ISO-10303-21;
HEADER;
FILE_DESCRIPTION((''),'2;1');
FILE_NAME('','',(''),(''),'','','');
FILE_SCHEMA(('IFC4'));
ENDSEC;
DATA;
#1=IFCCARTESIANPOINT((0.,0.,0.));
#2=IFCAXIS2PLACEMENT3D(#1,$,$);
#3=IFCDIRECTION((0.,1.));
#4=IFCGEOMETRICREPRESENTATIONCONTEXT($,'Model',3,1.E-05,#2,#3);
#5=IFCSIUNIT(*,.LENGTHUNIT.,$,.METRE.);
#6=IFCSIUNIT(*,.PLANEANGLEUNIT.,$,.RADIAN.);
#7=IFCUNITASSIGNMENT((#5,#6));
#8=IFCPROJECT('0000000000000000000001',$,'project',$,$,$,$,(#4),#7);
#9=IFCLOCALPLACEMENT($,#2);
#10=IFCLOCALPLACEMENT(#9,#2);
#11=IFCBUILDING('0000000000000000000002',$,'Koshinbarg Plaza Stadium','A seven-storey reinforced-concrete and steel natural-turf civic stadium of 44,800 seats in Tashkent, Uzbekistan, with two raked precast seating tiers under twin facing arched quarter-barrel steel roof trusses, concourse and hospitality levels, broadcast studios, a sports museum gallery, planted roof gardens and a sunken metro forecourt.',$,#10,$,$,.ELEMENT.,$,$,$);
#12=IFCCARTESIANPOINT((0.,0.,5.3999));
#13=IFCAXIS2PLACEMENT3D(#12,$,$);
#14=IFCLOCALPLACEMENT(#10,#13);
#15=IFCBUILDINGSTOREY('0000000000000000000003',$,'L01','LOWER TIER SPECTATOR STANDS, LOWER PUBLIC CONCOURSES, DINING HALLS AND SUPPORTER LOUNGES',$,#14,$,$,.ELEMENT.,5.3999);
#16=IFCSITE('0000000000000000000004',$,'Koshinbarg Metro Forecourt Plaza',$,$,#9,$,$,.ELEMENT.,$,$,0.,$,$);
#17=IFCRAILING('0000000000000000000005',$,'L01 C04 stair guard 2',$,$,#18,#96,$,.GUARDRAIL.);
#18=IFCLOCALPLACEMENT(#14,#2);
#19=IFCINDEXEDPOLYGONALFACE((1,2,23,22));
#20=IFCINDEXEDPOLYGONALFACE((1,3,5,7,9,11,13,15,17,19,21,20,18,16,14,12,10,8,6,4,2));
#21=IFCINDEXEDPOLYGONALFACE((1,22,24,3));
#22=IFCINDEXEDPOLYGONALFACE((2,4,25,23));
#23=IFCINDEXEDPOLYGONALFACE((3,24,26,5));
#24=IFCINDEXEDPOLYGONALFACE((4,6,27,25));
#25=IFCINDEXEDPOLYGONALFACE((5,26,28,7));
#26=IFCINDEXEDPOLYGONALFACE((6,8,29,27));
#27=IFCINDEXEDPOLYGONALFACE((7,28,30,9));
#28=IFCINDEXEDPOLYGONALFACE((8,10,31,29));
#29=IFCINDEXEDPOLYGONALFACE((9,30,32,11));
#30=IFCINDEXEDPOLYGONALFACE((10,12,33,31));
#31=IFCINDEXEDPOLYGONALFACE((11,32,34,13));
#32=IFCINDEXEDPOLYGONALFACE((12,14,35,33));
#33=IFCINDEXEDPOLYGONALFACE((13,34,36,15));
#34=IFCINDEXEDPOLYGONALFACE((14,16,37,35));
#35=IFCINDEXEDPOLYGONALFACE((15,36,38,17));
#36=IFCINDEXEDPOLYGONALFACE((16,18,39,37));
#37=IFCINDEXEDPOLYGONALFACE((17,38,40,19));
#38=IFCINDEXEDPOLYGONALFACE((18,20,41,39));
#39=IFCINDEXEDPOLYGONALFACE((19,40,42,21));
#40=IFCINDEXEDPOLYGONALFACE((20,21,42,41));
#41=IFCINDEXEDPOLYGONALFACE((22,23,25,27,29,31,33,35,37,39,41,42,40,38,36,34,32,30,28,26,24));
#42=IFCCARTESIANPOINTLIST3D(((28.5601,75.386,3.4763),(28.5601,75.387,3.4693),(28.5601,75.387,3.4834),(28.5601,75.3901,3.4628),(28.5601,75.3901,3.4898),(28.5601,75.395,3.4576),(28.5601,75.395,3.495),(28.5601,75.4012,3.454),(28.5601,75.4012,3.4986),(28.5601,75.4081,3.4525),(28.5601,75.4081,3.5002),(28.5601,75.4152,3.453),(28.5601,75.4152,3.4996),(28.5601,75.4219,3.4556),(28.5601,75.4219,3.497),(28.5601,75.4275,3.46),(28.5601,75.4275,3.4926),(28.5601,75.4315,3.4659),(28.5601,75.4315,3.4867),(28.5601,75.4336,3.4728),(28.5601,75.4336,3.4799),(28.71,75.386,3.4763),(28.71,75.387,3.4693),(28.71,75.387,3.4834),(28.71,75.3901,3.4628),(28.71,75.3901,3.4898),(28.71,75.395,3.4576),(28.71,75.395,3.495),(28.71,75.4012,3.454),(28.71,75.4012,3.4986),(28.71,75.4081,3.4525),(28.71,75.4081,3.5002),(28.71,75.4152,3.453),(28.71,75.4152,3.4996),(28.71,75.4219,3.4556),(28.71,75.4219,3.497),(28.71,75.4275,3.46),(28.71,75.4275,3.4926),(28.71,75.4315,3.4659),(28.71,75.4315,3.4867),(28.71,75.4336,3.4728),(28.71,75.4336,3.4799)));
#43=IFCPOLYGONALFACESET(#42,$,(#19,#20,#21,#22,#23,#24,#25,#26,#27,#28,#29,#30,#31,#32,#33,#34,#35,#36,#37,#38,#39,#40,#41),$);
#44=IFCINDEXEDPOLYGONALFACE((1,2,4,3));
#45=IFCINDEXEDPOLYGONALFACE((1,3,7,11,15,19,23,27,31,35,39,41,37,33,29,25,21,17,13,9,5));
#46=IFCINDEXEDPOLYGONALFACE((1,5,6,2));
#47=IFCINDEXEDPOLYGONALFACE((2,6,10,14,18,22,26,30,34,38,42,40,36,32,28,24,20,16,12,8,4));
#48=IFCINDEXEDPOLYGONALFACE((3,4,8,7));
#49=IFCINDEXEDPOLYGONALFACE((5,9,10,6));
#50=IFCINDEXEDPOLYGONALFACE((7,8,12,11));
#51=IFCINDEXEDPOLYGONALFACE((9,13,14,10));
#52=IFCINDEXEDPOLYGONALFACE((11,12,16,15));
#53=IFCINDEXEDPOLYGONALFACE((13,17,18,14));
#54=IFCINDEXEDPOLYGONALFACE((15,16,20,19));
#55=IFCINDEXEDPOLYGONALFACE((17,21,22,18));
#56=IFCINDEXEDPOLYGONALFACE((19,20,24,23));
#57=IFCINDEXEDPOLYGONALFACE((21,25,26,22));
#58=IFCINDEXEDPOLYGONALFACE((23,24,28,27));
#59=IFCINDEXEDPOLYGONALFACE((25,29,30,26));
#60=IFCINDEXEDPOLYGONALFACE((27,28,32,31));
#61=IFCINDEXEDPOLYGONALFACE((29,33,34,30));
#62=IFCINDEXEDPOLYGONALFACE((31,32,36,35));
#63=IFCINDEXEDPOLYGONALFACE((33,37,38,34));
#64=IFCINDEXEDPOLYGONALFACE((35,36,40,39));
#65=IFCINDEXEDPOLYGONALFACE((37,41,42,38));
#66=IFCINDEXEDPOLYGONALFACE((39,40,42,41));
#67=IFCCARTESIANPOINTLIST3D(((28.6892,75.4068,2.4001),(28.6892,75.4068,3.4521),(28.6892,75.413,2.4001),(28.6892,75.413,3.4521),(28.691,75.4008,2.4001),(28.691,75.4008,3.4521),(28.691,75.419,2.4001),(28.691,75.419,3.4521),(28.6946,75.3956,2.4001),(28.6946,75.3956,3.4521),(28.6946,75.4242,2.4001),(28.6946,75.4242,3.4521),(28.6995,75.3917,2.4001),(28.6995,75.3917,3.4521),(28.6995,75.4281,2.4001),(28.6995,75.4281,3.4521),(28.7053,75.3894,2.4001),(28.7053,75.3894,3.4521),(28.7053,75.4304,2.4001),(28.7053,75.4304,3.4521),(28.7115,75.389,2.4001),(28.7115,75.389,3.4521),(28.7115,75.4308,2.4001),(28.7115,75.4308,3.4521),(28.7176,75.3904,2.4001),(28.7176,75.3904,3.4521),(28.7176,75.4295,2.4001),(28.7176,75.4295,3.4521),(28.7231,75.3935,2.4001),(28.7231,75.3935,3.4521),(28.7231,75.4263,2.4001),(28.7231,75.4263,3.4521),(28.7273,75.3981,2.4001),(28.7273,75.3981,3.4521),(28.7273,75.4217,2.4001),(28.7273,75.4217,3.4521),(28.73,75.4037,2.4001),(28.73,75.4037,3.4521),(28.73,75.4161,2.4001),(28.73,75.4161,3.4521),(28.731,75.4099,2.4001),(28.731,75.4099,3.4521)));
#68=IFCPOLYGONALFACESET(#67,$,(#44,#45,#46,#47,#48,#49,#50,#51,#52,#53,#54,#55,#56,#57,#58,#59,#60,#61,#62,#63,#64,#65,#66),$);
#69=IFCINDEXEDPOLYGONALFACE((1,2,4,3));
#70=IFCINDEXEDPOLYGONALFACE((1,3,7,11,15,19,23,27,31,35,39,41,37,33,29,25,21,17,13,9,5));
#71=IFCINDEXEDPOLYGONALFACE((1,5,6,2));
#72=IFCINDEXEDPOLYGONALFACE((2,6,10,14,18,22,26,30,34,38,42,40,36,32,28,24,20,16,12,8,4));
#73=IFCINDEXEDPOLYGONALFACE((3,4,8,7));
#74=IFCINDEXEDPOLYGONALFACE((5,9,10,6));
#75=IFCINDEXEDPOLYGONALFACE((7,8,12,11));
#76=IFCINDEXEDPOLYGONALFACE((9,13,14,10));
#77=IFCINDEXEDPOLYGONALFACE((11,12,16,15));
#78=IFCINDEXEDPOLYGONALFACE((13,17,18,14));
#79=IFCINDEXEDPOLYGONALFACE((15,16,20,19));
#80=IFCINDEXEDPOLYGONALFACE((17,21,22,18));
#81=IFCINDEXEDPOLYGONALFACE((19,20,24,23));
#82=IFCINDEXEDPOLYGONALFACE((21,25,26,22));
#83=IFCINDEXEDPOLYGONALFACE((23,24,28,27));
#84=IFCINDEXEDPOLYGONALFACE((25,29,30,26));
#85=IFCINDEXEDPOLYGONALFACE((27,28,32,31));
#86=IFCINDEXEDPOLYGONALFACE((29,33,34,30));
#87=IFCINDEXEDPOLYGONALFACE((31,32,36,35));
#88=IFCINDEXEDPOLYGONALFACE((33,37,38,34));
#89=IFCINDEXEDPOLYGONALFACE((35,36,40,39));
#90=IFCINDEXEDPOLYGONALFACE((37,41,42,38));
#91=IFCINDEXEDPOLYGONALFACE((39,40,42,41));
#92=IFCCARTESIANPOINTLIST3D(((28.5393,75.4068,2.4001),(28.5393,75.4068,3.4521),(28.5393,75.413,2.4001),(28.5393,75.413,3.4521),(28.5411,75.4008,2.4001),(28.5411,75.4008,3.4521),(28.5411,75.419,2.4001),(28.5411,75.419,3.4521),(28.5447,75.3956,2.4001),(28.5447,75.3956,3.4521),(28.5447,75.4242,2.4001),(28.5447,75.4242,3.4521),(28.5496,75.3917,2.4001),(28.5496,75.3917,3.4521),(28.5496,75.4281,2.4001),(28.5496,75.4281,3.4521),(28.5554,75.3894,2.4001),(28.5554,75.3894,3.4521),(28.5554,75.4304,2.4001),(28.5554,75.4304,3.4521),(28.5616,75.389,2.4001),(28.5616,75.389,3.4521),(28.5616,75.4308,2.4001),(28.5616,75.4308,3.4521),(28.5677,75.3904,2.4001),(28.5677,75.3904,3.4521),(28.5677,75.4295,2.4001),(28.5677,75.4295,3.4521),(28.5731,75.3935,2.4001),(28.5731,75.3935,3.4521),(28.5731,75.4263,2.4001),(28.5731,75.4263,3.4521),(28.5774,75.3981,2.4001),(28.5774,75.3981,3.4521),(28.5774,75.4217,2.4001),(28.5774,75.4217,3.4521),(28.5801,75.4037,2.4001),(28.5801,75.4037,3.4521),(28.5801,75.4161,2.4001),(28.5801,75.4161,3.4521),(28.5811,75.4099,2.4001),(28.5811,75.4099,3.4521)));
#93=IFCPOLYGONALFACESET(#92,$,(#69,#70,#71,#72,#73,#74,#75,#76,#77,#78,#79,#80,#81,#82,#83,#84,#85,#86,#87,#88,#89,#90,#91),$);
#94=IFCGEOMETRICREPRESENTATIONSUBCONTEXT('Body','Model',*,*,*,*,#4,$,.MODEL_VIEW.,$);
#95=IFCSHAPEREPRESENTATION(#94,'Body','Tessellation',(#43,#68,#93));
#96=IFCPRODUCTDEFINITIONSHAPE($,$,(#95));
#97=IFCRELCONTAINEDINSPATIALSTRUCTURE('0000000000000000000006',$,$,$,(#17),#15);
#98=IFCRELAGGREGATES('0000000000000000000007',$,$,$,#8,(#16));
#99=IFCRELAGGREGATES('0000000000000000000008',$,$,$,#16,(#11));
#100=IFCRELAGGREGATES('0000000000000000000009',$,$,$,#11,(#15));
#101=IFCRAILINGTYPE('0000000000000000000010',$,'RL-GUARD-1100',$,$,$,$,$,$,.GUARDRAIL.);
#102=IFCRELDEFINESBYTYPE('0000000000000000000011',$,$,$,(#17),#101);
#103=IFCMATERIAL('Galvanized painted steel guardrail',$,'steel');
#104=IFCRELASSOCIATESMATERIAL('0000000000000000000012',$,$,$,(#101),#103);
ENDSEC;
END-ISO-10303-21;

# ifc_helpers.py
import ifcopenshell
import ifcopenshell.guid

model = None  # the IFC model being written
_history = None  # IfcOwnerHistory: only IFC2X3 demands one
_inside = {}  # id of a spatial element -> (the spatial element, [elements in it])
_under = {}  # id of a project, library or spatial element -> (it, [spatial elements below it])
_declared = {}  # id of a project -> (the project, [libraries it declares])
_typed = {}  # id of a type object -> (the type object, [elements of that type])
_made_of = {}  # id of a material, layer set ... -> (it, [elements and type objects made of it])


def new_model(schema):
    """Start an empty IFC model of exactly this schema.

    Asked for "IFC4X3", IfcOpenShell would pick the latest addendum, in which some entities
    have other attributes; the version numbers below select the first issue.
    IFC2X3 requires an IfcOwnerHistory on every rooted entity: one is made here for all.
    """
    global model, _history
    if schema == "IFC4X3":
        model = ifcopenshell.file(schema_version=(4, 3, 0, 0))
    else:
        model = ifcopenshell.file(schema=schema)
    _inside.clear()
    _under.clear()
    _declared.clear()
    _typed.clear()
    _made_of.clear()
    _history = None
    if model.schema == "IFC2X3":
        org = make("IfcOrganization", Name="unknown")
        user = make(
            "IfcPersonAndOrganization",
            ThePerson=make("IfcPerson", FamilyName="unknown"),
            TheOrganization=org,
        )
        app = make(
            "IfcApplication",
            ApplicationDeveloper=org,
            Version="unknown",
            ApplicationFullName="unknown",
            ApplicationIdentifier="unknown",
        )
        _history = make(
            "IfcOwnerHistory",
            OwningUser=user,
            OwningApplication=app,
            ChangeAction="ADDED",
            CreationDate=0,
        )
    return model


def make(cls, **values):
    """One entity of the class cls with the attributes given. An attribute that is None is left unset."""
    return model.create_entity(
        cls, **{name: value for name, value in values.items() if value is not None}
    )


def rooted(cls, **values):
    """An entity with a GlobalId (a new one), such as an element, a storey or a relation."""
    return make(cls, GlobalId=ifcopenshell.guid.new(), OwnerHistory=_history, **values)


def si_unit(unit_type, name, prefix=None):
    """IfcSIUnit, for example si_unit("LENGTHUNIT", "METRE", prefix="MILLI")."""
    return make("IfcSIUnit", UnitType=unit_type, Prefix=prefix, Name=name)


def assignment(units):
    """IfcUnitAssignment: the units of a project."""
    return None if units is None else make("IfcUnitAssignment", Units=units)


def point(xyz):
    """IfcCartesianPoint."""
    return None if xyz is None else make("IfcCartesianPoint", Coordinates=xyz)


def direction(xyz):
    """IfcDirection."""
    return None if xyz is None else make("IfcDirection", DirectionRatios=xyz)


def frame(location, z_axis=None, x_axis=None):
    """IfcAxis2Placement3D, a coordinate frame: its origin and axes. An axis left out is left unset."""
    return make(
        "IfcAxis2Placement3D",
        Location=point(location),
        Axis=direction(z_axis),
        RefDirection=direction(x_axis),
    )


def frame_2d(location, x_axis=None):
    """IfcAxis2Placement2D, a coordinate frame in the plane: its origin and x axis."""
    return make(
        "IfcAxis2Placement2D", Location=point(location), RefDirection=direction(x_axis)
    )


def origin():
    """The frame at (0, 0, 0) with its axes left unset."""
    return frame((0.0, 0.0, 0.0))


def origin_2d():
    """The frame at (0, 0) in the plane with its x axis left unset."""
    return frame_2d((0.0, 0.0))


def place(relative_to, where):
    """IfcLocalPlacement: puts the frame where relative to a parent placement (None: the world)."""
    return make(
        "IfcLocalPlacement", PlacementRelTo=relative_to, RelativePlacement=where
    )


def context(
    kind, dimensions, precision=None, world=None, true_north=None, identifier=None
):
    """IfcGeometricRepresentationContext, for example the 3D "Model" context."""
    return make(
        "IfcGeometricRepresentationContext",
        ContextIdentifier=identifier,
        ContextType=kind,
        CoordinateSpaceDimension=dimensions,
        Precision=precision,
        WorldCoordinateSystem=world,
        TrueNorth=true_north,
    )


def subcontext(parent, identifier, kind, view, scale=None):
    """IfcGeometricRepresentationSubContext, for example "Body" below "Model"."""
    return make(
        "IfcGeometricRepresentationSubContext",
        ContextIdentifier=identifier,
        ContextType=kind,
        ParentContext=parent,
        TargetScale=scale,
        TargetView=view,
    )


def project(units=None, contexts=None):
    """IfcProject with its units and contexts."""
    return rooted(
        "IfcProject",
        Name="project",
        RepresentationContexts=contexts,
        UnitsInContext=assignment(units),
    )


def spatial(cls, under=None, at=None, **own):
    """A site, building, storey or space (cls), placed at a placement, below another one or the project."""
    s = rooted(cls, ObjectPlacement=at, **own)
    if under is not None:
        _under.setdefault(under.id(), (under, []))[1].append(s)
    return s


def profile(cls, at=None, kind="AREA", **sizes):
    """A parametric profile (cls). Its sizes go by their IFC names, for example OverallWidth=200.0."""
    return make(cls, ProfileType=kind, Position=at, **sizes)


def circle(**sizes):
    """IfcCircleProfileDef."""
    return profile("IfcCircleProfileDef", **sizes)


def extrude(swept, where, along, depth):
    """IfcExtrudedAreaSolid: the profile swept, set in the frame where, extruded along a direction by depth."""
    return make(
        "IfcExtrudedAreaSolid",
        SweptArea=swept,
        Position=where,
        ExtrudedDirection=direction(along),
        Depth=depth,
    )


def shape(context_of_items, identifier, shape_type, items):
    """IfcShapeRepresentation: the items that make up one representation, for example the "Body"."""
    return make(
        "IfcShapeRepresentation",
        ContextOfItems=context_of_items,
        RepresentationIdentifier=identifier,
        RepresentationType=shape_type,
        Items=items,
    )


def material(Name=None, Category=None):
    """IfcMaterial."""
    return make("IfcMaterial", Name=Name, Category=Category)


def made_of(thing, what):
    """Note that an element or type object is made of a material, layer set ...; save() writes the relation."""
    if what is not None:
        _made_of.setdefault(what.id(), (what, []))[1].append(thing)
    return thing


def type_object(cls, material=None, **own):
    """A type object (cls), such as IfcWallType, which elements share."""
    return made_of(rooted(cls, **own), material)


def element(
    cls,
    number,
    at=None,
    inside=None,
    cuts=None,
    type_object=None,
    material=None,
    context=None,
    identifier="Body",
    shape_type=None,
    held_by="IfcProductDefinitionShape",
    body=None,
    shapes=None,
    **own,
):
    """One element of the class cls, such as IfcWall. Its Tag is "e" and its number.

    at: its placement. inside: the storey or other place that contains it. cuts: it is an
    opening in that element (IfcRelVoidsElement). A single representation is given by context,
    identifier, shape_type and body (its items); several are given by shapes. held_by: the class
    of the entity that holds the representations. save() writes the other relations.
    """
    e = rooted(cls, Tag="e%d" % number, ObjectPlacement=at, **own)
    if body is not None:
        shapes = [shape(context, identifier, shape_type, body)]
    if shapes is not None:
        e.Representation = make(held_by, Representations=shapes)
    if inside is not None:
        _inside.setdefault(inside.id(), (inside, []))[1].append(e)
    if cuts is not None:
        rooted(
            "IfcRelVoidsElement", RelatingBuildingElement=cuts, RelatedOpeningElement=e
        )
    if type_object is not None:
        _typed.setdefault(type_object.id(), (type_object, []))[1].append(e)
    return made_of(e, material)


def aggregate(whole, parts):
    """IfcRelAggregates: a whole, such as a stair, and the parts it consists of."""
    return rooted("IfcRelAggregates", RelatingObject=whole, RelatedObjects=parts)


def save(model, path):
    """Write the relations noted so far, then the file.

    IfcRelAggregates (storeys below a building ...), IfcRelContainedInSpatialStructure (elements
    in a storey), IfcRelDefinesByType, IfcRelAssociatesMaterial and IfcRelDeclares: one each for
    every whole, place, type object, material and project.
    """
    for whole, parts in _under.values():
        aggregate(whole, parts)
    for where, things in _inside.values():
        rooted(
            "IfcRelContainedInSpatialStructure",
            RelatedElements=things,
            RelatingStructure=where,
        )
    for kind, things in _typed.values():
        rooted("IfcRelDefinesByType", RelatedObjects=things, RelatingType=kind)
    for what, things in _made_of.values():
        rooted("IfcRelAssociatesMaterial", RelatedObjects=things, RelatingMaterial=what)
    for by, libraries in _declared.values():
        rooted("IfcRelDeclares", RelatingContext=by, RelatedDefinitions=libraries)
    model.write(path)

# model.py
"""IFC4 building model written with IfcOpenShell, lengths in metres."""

from ifc_helpers import new_model, si_unit, direction, frame, origin, origin_2d, place, context, subcontext, project, spatial, circle, extrude, material, type_object, element, save


model = new_model("IFC4")

# Units and contexts
model_context = context("Model", 3, precision=1e-05, world=origin(), true_north=direction((0.0, 1.0)))
body_context = subcontext(model_context, "Body", "Model", "MODEL_VIEW")
ifc_project = project(units=[si_unit("LENGTHUNIT", "METRE"), si_unit("PLANEANGLEUNIT", "RADIAN")], contexts=[model_context])

# Site, building, storey
site_placement = place(None, origin())
site = spatial("IfcSite", under=ifc_project, at=site_placement, Name="Koshinbarg Metro Forecourt Plaza", CompositionType="ELEMENT", RefElevation=0.0)
building_placement = place(site_placement, origin())
building = spatial("IfcBuilding", under=site, at=building_placement, Name="Koshinbarg Plaza Stadium", Description="A seven-storey reinforced-concrete and steel natural-turf civic stadium of 44,800 seats in Tashkent, Uzbekistan, with two raked precast seating tiers under twin facing arched quarter-barrel steel roof trusses, concourse and hospitality levels, broadcast studios, a sports museum gallery, planted roof gardens and a sunken metro forecourt.", CompositionType="ELEMENT")
storey_placement = place(building_placement, frame((0.0, 0.0, 5.3999)))
storey = spatial("IfcBuildingStorey", under=building, at=storey_placement, Name="L01", Description="LOWER TIER SPECTATOR STANDS, LOWER PUBLIC CONCOURSES, DINING HALLS AND SUPPORTER LOUNGES", CompositionType="ELEMENT", Elevation=5.3999)

# Railing
ifc_material_1 = material(Name="Galvanized painted steel guardrail", Category="steel")
railing_type_1 = type_object("IfcRailingType", Name="RL-GUARD-1100", PredefinedType="GUARDRAIL", material=ifc_material_1)
railing_1_placement = place(storey_placement, frame((28.71, 75.4099, 2.4001)))
element("IfcRailing", 1, at=railing_1_placement, inside=storey, type_object=railing_type_1, Name="L01 C04 stair guard 2", PredefinedType="GUARDRAIL", context=body_context, shape_type="SweptSolid", body=[
    extrude(circle(Radius=0.0239, at=origin_2d()), frame((0.0, 0.0, 1.0762), z_axis=(-1.0, 0.0, 0.0), x_axis=(0.0, -1.0, 0.0)), (0.0, 0.0, 1.0), 0.1499),
    extrude(circle(Radius=0.021, at=origin_2d()), origin(), (0.0, 0.0, 1.0), 1.052),
    extrude(circle(Radius=0.021, at=origin_2d()), frame((-0.1499, 0.0, 0.0)), (0.0, 0.0, 1.0), 1.052),
])

save(model, "model.ifc")
